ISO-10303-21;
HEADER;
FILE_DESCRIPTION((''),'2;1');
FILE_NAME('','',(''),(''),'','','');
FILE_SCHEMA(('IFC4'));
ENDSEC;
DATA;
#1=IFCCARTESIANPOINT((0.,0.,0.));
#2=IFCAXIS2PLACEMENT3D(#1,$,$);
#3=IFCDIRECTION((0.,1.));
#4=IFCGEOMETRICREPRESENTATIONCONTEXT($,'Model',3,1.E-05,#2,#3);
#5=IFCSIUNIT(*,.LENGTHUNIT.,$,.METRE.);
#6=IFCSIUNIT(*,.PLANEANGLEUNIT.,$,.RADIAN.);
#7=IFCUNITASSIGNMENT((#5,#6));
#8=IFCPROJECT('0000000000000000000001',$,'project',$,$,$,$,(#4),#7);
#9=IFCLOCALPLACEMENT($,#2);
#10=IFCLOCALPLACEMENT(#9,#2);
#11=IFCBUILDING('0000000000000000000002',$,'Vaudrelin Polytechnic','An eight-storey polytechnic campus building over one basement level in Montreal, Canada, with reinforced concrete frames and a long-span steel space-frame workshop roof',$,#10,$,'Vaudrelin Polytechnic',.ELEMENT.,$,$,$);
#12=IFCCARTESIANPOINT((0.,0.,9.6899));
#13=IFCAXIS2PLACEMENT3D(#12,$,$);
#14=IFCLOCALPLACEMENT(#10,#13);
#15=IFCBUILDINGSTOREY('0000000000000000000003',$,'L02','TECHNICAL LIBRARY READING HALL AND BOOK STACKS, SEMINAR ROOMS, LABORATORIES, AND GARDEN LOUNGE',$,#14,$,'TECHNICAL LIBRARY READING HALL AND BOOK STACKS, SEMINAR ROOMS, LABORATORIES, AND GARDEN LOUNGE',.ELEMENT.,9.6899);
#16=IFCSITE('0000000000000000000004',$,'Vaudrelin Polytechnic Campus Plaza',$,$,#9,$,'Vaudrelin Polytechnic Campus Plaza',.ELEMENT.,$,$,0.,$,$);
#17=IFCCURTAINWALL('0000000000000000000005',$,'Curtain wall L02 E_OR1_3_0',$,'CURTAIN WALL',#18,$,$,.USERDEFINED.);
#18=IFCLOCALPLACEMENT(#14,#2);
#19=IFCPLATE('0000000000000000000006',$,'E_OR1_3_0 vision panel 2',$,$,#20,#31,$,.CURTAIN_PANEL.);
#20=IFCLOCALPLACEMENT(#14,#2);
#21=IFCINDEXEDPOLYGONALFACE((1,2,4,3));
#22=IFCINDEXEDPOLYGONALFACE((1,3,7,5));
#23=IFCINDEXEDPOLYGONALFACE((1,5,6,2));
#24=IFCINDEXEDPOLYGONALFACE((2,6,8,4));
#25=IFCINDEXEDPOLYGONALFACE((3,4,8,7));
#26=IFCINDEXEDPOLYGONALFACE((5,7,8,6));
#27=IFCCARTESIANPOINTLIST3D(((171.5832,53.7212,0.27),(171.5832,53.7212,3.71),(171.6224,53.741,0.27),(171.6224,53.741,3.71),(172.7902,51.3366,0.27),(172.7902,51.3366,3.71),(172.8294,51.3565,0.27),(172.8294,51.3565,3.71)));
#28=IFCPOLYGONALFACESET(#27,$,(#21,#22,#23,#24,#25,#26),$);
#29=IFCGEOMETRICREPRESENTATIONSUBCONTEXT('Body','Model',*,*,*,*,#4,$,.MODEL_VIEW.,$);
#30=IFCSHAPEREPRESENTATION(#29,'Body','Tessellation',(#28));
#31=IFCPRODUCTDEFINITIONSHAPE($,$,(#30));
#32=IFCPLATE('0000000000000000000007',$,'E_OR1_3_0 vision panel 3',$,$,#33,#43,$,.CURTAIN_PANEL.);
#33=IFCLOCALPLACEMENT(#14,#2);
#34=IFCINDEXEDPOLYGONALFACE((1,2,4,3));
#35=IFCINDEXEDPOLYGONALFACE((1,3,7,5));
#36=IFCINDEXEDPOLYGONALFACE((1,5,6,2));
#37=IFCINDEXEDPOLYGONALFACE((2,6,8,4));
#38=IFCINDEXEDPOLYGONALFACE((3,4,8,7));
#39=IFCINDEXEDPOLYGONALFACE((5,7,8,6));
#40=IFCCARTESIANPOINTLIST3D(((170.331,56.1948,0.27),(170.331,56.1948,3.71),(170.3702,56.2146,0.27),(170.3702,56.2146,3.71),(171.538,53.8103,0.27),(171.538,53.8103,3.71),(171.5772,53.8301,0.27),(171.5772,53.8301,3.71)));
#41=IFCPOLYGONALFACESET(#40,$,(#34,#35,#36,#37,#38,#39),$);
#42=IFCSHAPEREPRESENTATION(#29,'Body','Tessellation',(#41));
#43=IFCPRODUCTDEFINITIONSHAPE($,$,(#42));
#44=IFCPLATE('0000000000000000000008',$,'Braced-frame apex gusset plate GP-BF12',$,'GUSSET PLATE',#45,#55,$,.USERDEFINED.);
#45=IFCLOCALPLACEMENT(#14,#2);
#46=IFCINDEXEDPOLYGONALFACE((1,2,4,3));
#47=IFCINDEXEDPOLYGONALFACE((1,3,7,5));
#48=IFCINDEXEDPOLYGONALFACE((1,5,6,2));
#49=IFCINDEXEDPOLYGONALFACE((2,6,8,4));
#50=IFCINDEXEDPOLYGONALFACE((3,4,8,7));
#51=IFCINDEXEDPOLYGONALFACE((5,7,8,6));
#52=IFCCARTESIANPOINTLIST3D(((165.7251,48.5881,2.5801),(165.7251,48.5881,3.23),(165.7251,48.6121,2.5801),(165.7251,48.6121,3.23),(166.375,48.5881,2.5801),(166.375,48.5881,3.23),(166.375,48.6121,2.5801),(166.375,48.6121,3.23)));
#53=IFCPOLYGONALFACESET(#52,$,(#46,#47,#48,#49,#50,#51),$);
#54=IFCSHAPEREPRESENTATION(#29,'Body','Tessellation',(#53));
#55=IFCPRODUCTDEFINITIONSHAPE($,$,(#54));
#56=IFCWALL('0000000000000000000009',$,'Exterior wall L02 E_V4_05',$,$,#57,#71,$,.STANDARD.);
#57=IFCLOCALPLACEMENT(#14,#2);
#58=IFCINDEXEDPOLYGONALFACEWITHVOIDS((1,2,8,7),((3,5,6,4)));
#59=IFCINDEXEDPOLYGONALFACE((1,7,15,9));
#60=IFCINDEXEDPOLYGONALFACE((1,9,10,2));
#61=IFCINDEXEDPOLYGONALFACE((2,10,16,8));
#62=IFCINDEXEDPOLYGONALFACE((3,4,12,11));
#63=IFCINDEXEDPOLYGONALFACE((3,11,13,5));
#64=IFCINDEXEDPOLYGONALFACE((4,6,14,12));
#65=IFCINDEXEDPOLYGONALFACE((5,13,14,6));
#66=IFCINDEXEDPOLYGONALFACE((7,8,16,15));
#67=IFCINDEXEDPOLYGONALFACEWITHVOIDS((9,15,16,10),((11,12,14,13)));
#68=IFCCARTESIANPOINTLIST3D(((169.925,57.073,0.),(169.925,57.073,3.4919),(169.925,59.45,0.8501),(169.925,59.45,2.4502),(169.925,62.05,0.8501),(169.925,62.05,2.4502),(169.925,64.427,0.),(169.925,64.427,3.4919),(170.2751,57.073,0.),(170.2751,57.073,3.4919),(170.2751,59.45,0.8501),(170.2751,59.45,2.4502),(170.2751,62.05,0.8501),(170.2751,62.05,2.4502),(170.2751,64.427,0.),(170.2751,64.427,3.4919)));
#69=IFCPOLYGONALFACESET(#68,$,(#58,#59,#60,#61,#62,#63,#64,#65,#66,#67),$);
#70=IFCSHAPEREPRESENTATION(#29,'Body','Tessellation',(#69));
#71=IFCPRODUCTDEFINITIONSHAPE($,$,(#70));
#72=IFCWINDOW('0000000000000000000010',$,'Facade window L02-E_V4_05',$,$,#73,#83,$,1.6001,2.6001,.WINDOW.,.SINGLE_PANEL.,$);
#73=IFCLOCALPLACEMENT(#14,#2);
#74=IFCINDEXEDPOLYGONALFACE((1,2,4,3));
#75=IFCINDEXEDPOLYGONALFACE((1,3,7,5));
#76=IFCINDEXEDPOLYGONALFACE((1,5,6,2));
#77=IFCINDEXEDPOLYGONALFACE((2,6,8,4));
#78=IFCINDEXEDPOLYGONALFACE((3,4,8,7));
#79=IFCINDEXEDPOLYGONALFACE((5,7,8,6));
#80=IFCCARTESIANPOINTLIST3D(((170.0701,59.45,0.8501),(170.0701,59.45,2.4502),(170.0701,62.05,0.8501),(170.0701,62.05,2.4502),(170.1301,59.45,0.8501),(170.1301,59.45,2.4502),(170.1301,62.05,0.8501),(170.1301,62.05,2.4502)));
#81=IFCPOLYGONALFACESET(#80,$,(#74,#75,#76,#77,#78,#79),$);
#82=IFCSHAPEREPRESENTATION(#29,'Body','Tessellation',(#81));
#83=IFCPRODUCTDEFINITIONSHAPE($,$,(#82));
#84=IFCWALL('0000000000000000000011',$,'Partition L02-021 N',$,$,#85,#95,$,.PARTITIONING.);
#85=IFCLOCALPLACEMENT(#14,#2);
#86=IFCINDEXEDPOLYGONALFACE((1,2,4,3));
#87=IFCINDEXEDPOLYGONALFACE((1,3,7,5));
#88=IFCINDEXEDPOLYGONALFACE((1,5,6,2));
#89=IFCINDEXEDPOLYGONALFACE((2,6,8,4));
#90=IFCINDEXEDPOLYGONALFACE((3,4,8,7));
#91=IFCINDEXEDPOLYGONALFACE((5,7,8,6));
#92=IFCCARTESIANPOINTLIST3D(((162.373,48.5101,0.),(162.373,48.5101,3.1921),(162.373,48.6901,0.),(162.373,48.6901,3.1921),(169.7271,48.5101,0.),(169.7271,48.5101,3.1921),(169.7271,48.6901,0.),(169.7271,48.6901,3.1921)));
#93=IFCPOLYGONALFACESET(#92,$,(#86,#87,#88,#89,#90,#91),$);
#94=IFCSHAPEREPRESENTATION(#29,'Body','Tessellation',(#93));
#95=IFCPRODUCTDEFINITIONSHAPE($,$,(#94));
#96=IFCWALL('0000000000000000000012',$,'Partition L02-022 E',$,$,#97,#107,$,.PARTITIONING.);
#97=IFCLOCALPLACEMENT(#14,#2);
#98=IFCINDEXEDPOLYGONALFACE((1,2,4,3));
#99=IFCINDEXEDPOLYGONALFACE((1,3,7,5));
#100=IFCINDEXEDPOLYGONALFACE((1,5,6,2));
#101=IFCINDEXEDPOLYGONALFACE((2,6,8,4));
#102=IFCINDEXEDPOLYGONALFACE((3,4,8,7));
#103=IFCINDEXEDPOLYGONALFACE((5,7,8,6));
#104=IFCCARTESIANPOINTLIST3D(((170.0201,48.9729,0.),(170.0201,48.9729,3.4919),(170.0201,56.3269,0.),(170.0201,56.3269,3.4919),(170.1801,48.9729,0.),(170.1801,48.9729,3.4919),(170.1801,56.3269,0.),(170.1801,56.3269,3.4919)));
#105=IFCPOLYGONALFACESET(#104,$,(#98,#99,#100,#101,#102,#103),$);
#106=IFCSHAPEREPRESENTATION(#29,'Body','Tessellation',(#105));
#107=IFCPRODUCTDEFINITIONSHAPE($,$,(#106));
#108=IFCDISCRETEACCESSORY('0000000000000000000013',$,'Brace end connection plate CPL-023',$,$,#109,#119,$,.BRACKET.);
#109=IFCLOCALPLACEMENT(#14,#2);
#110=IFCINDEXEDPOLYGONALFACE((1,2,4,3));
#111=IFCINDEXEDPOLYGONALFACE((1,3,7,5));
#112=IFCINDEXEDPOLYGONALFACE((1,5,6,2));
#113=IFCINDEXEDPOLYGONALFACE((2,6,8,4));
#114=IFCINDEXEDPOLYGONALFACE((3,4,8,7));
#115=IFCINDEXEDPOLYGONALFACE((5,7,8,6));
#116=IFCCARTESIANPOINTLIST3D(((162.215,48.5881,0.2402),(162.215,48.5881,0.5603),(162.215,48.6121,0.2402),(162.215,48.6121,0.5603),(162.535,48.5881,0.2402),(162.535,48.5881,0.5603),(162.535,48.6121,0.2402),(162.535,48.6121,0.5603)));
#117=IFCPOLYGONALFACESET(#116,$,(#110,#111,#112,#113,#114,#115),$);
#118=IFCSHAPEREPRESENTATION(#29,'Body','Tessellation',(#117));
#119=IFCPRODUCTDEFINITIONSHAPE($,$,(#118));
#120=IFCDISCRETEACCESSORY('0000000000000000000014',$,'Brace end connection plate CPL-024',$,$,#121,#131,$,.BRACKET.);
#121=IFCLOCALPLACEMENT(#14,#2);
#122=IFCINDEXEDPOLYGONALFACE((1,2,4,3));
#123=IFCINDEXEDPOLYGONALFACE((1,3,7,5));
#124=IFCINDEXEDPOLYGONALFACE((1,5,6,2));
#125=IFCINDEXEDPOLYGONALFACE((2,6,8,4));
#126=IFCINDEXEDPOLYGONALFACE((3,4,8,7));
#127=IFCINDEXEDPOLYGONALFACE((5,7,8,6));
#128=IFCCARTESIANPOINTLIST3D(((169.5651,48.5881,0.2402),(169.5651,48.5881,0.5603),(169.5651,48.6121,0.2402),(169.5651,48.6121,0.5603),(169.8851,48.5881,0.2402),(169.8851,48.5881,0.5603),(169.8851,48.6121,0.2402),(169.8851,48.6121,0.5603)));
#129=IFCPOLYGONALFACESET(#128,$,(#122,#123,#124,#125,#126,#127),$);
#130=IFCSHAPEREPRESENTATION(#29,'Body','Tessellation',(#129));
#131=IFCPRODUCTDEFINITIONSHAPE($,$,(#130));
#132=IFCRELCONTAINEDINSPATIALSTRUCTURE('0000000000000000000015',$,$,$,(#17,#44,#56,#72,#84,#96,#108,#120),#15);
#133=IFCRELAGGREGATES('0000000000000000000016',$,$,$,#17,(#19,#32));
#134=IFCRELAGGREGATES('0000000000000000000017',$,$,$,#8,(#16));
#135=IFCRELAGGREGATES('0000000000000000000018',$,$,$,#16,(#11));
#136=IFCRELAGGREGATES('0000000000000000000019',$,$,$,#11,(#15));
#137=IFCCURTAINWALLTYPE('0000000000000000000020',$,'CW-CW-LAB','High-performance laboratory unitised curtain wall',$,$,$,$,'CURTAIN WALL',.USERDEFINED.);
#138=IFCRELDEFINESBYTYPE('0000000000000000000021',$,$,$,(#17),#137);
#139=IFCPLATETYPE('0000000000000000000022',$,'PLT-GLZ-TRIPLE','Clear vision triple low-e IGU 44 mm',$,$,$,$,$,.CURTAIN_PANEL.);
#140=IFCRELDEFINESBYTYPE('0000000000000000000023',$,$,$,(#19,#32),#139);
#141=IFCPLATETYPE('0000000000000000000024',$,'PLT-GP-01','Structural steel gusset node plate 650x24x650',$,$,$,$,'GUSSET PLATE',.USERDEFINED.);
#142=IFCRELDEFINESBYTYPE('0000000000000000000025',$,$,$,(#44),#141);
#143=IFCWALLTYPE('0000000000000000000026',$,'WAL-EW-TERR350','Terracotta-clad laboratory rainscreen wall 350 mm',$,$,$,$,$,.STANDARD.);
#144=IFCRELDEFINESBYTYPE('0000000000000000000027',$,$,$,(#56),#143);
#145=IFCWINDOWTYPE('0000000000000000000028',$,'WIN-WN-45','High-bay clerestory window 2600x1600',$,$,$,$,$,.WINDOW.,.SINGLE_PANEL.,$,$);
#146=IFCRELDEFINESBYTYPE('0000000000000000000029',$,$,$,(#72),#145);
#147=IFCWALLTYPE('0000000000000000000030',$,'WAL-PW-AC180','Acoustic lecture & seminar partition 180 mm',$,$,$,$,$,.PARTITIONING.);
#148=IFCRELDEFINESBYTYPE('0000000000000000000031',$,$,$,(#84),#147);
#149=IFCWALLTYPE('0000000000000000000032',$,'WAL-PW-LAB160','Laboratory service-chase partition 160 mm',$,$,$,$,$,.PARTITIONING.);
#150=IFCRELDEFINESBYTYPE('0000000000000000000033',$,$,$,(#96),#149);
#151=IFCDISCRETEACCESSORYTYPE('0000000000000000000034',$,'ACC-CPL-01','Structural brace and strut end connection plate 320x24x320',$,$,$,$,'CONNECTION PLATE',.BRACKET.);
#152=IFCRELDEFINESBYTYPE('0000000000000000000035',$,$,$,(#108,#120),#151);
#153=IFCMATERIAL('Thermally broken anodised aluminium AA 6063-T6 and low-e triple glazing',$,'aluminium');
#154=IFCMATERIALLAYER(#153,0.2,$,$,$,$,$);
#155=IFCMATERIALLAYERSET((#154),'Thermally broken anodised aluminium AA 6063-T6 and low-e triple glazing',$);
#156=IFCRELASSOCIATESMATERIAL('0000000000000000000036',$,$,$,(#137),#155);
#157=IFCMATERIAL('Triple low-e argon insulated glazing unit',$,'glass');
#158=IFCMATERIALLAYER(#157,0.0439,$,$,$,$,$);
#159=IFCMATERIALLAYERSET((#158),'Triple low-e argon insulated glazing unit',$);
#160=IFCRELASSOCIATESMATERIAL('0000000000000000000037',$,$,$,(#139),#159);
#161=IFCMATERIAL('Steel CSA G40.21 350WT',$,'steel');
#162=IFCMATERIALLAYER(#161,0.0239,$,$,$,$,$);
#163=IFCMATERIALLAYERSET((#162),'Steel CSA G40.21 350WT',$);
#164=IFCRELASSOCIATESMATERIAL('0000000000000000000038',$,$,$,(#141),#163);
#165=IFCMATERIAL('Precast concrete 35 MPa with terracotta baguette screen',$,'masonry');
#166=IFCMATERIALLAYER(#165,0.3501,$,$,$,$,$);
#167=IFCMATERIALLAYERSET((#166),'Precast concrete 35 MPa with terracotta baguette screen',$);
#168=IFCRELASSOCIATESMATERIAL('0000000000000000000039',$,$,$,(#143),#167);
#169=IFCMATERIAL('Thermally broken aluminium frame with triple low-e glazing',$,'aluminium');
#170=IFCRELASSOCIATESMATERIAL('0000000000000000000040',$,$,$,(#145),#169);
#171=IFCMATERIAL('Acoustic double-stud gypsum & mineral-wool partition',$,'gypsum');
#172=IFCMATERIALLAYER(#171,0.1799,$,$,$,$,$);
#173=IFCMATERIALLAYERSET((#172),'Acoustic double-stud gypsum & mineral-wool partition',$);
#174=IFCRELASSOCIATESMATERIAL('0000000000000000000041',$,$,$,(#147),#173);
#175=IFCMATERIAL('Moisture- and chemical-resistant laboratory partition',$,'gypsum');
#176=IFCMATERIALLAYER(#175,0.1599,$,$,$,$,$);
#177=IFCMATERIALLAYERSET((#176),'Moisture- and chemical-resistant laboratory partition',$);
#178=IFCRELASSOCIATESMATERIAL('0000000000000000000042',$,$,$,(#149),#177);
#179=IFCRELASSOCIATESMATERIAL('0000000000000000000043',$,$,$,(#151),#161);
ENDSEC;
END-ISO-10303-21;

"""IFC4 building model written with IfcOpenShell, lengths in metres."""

from ifc_helpers import new_model, si_unit, direction, frame, frame_2d, origin, origin_2d, place, context, subcontext, project, spatial, rectangle, extrude, material, layer, layer_set, type_object, element, fill, aggregate, save


model = new_model("IFC4")

# Units and contexts
model_context = context("Model", 3, precision=1e-05, world=origin(), true_north=direction((0.0, 1.0)))
body_context = subcontext(model_context, "Body", "Model", "MODEL_VIEW")
ifc_project = project(units=[si_unit("LENGTHUNIT", "METRE"), si_unit("PLANEANGLEUNIT", "RADIAN")], contexts=[model_context])

# Site, building, storey
site_placement = place(None, origin())
site = spatial("IfcSite", under=ifc_project, at=site_placement, Name="Vaudrelin Polytechnic Campus Plaza", LongName="Vaudrelin Polytechnic Campus Plaza", CompositionType="ELEMENT", RefElevation=0.0)
building_placement = place(site_placement, origin())
building = spatial("IfcBuilding", under=site, at=building_placement, Name="Vaudrelin Polytechnic", Description="An eight-storey polytechnic campus building over one basement level in Montreal, Canada, with reinforced concrete frames and a long-span steel space-frame workshop roof", LongName="Vaudrelin Polytechnic", CompositionType="ELEMENT")
storey_placement = place(building_placement, frame((0.0, 0.0, 9.6899)))
storey = spatial("IfcBuildingStorey", under=building, at=storey_placement, Name="L02", Description="TECHNICAL LIBRARY READING HALL AND BOOK STACKS, SEMINAR ROOMS, LABORATORIES, AND GARDEN LOUNGE", LongName="TECHNICAL LIBRARY READING HALL AND BOOK STACKS, SEMINAR ROOMS, LABORATORIES, AND GARDEN LOUNGE", CompositionType="ELEMENT", Elevation=9.6899)

# Shared definitions
ifc_material_1 = material(Name="Steel CSA G40.21 350WT", Category="steel")

# Curtain wall
ifc_material_2 = material(Name="Thermally broken anodised aluminium AA 6063-T6 and low-e triple glazing", Category="aluminium")
ifc_layer_1 = layer(ifc_material_2, 0.2)
ifc_layer_set_1 = layer_set([ifc_layer_1], Name="Thermally broken anodised aluminium AA 6063-T6 and low-e triple glazing")
curtain_wall_type = type_object("IfcCurtainWallType", Name="CW-CW-LAB", Description="High-performance laboratory unitised curtain wall", ElementType="CURTAIN WALL", PredefinedType="USERDEFINED", material=ifc_layer_set_1)
curtain_wall_1_placement = place(storey_placement, origin())
curtain_wall_1 = element("IfcCurtainWall", 1, at=curtain_wall_1_placement, inside=storey, type_object=curtain_wall_type, Name="Curtain wall L02 E_OR1_3_0", ObjectType="CURTAIN WALL", PredefinedType="USERDEFINED")

# Plates
ifc_material_3 = material(Name="Triple low-e argon insulated glazing unit", Category="glass")
ifc_layer_2 = layer(ifc_material_3, 0.0439)
ifc_layer_set_2 = layer_set([ifc_layer_2], Name="Triple low-e argon insulated glazing unit")
plate_type_1 = type_object("IfcPlateType", Name="PLT-GLZ-TRIPLE", Description="Clear vision triple low-e IGU 44 mm", PredefinedType="CURTAIN_PANEL", material=ifc_layer_set_2)
plate_1_placement = place(storey_placement, frame((172.2063, 52.5388, 0.27), z_axis=(0.0, 0.0, 1.0), x_axis=(-0.451609, 0.892216, 0.0)))
plate_1 = element("IfcPlate", 2, at=plate_1_placement, type_object=plate_type_1, Name="E_OR1_3_0 vision panel 2", PredefinedType="CURTAIN_PANEL", context=body_context, shape_type="SweptSolid", body=[
    extrude(rectangle(XDim=2.6726, YDim=0.0439, at=origin_2d()), origin(), (0.0, 0.0, 1.0), 3.4399),
])
plate_2_placement = place(storey_placement, frame((170.9541, 55.0125, 0.27), z_axis=(0.0, 0.0, 1.0), x_axis=(-0.451609, 0.892216, 0.0)))
plate_2 = element("IfcPlate", 3, at=plate_2_placement, type_object=plate_type_1, Name="E_OR1_3_0 vision panel 3", PredefinedType="CURTAIN_PANEL", context=body_context, shape_type="SweptSolid", body=[
    extrude(rectangle(XDim=2.6726, YDim=0.0439, at=origin_2d()), origin(), (0.0, 0.0, 1.0), 3.4399),
])
aggregate(curtain_wall_1, [plate_1, plate_2])
ifc_layer_3 = layer(ifc_material_1, 0.0239)
ifc_layer_set_3 = layer_set([ifc_layer_3], Name="Steel CSA G40.21 350WT")
plate_type_2 = type_object("IfcPlateType", Name="PLT-GP-01", Description="Structural steel gusset node plate 650x24x650", ElementType="GUSSET PLATE", PredefinedType="USERDEFINED", material=ifc_layer_set_3)
plate_3_placement = place(storey_placement, frame((166.05, 48.6001, 2.5801), z_axis=(0.0, 0.0, 1.0), x_axis=(1.0, 0.0, 0.0)))
element("IfcPlate", 4, at=plate_3_placement, inside=storey, type_object=plate_type_2, Name="Braced-frame apex gusset plate GP-BF12", ObjectType="GUSSET PLATE", PredefinedType="USERDEFINED", context=body_context, shape_type="SweptSolid", body=[
    extrude(rectangle(XDim=0.6499, YDim=0.0239, at=origin_2d()), origin(), (0.0, 0.0, 1.0), 0.6499),
])

# Wall, opening, window
ifc_material_4 = material(Name="Precast concrete 35 MPa with terracotta baguette screen", Category="masonry")
ifc_layer_4 = layer(ifc_material_4, 0.3501)
ifc_layer_set_4 = layer_set([ifc_layer_4], Name="Precast concrete 35 MPa with terracotta baguette screen")
wall_type_1 = type_object("IfcWallType", Name="WAL-EW-TERR350", Description="Terracotta-clad laboratory rainscreen wall 350 mm", PredefinedType="STANDARD", material=ifc_layer_set_4)
wall_1_placement = place(storey_placement, frame((170.1001, 57.073, 0.0), z_axis=(0.0, 0.0, 1.0), x_axis=(0.0, 1.0, 0.0)))
wall_1 = element("IfcWall", 5, at=wall_1_placement, inside=storey, type_object=wall_type_1, Name="Exterior wall L02 E_V4_05", PredefinedType="STANDARD", context=body_context, shape_type="SweptSolid", body=[
    extrude(rectangle(XDim=7.354, YDim=0.3501, at=frame_2d((3.677, 0.0))), origin(), (0.0, 0.0, 1.0), 3.4919),
])
opening_placement = place(wall_1_placement, frame((2.377, 0.0, 0.8501)))
opening = element("IfcOpeningElement", 6, at=opening_placement, cuts=wall_1, PredefinedType="OPENING", context=body_context, shape_type="SweptSolid", body=[
    extrude(rectangle(XDim=2.6001, YDim=1.6001, at=frame_2d((1.3, 0.8))), frame((0.0, 0.1851, 0.0), z_axis=(0.0, -1.0, 0.0), x_axis=(1.0, 0.0, 0.0)), (0.0, 0.0, 1.0), 0.3701),
])
ifc_material_5 = material(Name="Thermally broken aluminium frame with triple low-e glazing", Category="aluminium")
window_type = type_object("IfcWindowType", Name="WIN-WN-45", Description="High-bay clerestory window 2600x1600", PartitioningType="SINGLE_PANEL", PredefinedType="WINDOW", material=ifc_material_5)
window_placement = place(opening_placement, origin())
window = element("IfcWindow", 7, at=window_placement, inside=storey, type_object=window_type, Name="Facade window L02-E_V4_05", OverallHeight=1.6001, OverallWidth=2.6001, PartitioningType="SINGLE_PANEL", PredefinedType="WINDOW", context=body_context, shape_type="SweptSolid", body=[
    extrude(rectangle(XDim=2.6001, YDim=1.6001, at=frame_2d((1.3, 0.8))), frame((0.0, 0.03, 0.0), z_axis=(0.0, -1.0, 0.0), x_axis=(1.0, 0.0, 0.0)), (0.0, 0.0, 1.0), 0.0601),
])
fill(opening, window)

# Walls
ifc_material_6 = material(Name="Acoustic double-stud gypsum & mineral-wool partition", Category="gypsum")
ifc_layer_5 = layer(ifc_material_6, 0.1799)
ifc_layer_set_5 = layer_set([ifc_layer_5], Name="Acoustic double-stud gypsum & mineral-wool partition")
wall_type_2 = type_object("IfcWallType", Name="WAL-PW-AC180", Description="Acoustic lecture & seminar partition 180 mm", PredefinedType="PARTITIONING", material=ifc_layer_set_5)
wall_2_placement = place(storey_placement, frame((162.373, 48.6001, 0.0), z_axis=(0.0, 0.0, 1.0), x_axis=(1.0, 0.0, 0.0)))
element("IfcWall", 8, at=wall_2_placement, inside=storey, type_object=wall_type_2, Name="Partition L02-021 N", PredefinedType="PARTITIONING", context=body_context, shape_type="SweptSolid", body=[
    extrude(rectangle(XDim=7.354, YDim=0.1799, at=frame_2d((3.677, 0.0))), origin(), (0.0, 0.0, 1.0), 3.1921),
])
ifc_material_7 = material(Name="Moisture- and chemical-resistant laboratory partition", Category="gypsum")
ifc_layer_6 = layer(ifc_material_7, 0.1599)
ifc_layer_set_6 = layer_set([ifc_layer_6], Name="Moisture- and chemical-resistant laboratory partition")
wall_type_3 = type_object("IfcWallType", Name="WAL-PW-LAB160", Description="Laboratory service-chase partition 160 mm", PredefinedType="PARTITIONING", material=ifc_layer_set_6)
wall_3_placement = place(storey_placement, frame((170.1001, 48.9729, 0.0), z_axis=(0.0, 0.0, 1.0), x_axis=(0.0, 1.0, 0.0)))
element("IfcWall", 9, at=wall_3_placement, inside=storey, type_object=wall_type_3, Name="Partition L02-022 E", PredefinedType="PARTITIONING", context=body_context, shape_type="SweptSolid", body=[
    extrude(rectangle(XDim=7.354, YDim=0.1599, at=frame_2d((3.677, 0.0))), origin(), (0.0, 0.0, 1.0), 3.4919),
])

# Discrete accessories
discrete_accessory_type = type_object("IfcDiscreteAccessoryType", Name="ACC-CPL-01", Description="Structural brace and strut end connection plate 320x24x320", ElementType="CONNECTION PLATE", PredefinedType="BRACKET", material=ifc_material_1)
for number, where, z_axis, x_axis, name in (
    (10, (162.375, 48.6001, 0.2402), (0.0, 0.0, 1.0), (1.0, 0.0, 0.0), "Brace end connection plate CPL-023"),
    (11, (169.7251, 48.6001, 0.2402), (0.0, 0.0, 1.0), (1.0, 0.0, 0.0), "Brace end connection plate CPL-024"),
):
    element("IfcDiscreteAccessory", number, at=place(storey_placement, frame(where, z_axis=z_axis, x_axis=x_axis)), inside=storey, type_object=discrete_accessory_type, Name=name, PredefinedType="BRACKET", context=body_context, shape_type="SweptSolid", body=[
        extrude(rectangle(XDim=0.3201, YDim=0.0239, at=origin_2d()), origin(), (0.0, 0.0, 1.0), 0.3201),
    ])

save(model, "model.ifc")
